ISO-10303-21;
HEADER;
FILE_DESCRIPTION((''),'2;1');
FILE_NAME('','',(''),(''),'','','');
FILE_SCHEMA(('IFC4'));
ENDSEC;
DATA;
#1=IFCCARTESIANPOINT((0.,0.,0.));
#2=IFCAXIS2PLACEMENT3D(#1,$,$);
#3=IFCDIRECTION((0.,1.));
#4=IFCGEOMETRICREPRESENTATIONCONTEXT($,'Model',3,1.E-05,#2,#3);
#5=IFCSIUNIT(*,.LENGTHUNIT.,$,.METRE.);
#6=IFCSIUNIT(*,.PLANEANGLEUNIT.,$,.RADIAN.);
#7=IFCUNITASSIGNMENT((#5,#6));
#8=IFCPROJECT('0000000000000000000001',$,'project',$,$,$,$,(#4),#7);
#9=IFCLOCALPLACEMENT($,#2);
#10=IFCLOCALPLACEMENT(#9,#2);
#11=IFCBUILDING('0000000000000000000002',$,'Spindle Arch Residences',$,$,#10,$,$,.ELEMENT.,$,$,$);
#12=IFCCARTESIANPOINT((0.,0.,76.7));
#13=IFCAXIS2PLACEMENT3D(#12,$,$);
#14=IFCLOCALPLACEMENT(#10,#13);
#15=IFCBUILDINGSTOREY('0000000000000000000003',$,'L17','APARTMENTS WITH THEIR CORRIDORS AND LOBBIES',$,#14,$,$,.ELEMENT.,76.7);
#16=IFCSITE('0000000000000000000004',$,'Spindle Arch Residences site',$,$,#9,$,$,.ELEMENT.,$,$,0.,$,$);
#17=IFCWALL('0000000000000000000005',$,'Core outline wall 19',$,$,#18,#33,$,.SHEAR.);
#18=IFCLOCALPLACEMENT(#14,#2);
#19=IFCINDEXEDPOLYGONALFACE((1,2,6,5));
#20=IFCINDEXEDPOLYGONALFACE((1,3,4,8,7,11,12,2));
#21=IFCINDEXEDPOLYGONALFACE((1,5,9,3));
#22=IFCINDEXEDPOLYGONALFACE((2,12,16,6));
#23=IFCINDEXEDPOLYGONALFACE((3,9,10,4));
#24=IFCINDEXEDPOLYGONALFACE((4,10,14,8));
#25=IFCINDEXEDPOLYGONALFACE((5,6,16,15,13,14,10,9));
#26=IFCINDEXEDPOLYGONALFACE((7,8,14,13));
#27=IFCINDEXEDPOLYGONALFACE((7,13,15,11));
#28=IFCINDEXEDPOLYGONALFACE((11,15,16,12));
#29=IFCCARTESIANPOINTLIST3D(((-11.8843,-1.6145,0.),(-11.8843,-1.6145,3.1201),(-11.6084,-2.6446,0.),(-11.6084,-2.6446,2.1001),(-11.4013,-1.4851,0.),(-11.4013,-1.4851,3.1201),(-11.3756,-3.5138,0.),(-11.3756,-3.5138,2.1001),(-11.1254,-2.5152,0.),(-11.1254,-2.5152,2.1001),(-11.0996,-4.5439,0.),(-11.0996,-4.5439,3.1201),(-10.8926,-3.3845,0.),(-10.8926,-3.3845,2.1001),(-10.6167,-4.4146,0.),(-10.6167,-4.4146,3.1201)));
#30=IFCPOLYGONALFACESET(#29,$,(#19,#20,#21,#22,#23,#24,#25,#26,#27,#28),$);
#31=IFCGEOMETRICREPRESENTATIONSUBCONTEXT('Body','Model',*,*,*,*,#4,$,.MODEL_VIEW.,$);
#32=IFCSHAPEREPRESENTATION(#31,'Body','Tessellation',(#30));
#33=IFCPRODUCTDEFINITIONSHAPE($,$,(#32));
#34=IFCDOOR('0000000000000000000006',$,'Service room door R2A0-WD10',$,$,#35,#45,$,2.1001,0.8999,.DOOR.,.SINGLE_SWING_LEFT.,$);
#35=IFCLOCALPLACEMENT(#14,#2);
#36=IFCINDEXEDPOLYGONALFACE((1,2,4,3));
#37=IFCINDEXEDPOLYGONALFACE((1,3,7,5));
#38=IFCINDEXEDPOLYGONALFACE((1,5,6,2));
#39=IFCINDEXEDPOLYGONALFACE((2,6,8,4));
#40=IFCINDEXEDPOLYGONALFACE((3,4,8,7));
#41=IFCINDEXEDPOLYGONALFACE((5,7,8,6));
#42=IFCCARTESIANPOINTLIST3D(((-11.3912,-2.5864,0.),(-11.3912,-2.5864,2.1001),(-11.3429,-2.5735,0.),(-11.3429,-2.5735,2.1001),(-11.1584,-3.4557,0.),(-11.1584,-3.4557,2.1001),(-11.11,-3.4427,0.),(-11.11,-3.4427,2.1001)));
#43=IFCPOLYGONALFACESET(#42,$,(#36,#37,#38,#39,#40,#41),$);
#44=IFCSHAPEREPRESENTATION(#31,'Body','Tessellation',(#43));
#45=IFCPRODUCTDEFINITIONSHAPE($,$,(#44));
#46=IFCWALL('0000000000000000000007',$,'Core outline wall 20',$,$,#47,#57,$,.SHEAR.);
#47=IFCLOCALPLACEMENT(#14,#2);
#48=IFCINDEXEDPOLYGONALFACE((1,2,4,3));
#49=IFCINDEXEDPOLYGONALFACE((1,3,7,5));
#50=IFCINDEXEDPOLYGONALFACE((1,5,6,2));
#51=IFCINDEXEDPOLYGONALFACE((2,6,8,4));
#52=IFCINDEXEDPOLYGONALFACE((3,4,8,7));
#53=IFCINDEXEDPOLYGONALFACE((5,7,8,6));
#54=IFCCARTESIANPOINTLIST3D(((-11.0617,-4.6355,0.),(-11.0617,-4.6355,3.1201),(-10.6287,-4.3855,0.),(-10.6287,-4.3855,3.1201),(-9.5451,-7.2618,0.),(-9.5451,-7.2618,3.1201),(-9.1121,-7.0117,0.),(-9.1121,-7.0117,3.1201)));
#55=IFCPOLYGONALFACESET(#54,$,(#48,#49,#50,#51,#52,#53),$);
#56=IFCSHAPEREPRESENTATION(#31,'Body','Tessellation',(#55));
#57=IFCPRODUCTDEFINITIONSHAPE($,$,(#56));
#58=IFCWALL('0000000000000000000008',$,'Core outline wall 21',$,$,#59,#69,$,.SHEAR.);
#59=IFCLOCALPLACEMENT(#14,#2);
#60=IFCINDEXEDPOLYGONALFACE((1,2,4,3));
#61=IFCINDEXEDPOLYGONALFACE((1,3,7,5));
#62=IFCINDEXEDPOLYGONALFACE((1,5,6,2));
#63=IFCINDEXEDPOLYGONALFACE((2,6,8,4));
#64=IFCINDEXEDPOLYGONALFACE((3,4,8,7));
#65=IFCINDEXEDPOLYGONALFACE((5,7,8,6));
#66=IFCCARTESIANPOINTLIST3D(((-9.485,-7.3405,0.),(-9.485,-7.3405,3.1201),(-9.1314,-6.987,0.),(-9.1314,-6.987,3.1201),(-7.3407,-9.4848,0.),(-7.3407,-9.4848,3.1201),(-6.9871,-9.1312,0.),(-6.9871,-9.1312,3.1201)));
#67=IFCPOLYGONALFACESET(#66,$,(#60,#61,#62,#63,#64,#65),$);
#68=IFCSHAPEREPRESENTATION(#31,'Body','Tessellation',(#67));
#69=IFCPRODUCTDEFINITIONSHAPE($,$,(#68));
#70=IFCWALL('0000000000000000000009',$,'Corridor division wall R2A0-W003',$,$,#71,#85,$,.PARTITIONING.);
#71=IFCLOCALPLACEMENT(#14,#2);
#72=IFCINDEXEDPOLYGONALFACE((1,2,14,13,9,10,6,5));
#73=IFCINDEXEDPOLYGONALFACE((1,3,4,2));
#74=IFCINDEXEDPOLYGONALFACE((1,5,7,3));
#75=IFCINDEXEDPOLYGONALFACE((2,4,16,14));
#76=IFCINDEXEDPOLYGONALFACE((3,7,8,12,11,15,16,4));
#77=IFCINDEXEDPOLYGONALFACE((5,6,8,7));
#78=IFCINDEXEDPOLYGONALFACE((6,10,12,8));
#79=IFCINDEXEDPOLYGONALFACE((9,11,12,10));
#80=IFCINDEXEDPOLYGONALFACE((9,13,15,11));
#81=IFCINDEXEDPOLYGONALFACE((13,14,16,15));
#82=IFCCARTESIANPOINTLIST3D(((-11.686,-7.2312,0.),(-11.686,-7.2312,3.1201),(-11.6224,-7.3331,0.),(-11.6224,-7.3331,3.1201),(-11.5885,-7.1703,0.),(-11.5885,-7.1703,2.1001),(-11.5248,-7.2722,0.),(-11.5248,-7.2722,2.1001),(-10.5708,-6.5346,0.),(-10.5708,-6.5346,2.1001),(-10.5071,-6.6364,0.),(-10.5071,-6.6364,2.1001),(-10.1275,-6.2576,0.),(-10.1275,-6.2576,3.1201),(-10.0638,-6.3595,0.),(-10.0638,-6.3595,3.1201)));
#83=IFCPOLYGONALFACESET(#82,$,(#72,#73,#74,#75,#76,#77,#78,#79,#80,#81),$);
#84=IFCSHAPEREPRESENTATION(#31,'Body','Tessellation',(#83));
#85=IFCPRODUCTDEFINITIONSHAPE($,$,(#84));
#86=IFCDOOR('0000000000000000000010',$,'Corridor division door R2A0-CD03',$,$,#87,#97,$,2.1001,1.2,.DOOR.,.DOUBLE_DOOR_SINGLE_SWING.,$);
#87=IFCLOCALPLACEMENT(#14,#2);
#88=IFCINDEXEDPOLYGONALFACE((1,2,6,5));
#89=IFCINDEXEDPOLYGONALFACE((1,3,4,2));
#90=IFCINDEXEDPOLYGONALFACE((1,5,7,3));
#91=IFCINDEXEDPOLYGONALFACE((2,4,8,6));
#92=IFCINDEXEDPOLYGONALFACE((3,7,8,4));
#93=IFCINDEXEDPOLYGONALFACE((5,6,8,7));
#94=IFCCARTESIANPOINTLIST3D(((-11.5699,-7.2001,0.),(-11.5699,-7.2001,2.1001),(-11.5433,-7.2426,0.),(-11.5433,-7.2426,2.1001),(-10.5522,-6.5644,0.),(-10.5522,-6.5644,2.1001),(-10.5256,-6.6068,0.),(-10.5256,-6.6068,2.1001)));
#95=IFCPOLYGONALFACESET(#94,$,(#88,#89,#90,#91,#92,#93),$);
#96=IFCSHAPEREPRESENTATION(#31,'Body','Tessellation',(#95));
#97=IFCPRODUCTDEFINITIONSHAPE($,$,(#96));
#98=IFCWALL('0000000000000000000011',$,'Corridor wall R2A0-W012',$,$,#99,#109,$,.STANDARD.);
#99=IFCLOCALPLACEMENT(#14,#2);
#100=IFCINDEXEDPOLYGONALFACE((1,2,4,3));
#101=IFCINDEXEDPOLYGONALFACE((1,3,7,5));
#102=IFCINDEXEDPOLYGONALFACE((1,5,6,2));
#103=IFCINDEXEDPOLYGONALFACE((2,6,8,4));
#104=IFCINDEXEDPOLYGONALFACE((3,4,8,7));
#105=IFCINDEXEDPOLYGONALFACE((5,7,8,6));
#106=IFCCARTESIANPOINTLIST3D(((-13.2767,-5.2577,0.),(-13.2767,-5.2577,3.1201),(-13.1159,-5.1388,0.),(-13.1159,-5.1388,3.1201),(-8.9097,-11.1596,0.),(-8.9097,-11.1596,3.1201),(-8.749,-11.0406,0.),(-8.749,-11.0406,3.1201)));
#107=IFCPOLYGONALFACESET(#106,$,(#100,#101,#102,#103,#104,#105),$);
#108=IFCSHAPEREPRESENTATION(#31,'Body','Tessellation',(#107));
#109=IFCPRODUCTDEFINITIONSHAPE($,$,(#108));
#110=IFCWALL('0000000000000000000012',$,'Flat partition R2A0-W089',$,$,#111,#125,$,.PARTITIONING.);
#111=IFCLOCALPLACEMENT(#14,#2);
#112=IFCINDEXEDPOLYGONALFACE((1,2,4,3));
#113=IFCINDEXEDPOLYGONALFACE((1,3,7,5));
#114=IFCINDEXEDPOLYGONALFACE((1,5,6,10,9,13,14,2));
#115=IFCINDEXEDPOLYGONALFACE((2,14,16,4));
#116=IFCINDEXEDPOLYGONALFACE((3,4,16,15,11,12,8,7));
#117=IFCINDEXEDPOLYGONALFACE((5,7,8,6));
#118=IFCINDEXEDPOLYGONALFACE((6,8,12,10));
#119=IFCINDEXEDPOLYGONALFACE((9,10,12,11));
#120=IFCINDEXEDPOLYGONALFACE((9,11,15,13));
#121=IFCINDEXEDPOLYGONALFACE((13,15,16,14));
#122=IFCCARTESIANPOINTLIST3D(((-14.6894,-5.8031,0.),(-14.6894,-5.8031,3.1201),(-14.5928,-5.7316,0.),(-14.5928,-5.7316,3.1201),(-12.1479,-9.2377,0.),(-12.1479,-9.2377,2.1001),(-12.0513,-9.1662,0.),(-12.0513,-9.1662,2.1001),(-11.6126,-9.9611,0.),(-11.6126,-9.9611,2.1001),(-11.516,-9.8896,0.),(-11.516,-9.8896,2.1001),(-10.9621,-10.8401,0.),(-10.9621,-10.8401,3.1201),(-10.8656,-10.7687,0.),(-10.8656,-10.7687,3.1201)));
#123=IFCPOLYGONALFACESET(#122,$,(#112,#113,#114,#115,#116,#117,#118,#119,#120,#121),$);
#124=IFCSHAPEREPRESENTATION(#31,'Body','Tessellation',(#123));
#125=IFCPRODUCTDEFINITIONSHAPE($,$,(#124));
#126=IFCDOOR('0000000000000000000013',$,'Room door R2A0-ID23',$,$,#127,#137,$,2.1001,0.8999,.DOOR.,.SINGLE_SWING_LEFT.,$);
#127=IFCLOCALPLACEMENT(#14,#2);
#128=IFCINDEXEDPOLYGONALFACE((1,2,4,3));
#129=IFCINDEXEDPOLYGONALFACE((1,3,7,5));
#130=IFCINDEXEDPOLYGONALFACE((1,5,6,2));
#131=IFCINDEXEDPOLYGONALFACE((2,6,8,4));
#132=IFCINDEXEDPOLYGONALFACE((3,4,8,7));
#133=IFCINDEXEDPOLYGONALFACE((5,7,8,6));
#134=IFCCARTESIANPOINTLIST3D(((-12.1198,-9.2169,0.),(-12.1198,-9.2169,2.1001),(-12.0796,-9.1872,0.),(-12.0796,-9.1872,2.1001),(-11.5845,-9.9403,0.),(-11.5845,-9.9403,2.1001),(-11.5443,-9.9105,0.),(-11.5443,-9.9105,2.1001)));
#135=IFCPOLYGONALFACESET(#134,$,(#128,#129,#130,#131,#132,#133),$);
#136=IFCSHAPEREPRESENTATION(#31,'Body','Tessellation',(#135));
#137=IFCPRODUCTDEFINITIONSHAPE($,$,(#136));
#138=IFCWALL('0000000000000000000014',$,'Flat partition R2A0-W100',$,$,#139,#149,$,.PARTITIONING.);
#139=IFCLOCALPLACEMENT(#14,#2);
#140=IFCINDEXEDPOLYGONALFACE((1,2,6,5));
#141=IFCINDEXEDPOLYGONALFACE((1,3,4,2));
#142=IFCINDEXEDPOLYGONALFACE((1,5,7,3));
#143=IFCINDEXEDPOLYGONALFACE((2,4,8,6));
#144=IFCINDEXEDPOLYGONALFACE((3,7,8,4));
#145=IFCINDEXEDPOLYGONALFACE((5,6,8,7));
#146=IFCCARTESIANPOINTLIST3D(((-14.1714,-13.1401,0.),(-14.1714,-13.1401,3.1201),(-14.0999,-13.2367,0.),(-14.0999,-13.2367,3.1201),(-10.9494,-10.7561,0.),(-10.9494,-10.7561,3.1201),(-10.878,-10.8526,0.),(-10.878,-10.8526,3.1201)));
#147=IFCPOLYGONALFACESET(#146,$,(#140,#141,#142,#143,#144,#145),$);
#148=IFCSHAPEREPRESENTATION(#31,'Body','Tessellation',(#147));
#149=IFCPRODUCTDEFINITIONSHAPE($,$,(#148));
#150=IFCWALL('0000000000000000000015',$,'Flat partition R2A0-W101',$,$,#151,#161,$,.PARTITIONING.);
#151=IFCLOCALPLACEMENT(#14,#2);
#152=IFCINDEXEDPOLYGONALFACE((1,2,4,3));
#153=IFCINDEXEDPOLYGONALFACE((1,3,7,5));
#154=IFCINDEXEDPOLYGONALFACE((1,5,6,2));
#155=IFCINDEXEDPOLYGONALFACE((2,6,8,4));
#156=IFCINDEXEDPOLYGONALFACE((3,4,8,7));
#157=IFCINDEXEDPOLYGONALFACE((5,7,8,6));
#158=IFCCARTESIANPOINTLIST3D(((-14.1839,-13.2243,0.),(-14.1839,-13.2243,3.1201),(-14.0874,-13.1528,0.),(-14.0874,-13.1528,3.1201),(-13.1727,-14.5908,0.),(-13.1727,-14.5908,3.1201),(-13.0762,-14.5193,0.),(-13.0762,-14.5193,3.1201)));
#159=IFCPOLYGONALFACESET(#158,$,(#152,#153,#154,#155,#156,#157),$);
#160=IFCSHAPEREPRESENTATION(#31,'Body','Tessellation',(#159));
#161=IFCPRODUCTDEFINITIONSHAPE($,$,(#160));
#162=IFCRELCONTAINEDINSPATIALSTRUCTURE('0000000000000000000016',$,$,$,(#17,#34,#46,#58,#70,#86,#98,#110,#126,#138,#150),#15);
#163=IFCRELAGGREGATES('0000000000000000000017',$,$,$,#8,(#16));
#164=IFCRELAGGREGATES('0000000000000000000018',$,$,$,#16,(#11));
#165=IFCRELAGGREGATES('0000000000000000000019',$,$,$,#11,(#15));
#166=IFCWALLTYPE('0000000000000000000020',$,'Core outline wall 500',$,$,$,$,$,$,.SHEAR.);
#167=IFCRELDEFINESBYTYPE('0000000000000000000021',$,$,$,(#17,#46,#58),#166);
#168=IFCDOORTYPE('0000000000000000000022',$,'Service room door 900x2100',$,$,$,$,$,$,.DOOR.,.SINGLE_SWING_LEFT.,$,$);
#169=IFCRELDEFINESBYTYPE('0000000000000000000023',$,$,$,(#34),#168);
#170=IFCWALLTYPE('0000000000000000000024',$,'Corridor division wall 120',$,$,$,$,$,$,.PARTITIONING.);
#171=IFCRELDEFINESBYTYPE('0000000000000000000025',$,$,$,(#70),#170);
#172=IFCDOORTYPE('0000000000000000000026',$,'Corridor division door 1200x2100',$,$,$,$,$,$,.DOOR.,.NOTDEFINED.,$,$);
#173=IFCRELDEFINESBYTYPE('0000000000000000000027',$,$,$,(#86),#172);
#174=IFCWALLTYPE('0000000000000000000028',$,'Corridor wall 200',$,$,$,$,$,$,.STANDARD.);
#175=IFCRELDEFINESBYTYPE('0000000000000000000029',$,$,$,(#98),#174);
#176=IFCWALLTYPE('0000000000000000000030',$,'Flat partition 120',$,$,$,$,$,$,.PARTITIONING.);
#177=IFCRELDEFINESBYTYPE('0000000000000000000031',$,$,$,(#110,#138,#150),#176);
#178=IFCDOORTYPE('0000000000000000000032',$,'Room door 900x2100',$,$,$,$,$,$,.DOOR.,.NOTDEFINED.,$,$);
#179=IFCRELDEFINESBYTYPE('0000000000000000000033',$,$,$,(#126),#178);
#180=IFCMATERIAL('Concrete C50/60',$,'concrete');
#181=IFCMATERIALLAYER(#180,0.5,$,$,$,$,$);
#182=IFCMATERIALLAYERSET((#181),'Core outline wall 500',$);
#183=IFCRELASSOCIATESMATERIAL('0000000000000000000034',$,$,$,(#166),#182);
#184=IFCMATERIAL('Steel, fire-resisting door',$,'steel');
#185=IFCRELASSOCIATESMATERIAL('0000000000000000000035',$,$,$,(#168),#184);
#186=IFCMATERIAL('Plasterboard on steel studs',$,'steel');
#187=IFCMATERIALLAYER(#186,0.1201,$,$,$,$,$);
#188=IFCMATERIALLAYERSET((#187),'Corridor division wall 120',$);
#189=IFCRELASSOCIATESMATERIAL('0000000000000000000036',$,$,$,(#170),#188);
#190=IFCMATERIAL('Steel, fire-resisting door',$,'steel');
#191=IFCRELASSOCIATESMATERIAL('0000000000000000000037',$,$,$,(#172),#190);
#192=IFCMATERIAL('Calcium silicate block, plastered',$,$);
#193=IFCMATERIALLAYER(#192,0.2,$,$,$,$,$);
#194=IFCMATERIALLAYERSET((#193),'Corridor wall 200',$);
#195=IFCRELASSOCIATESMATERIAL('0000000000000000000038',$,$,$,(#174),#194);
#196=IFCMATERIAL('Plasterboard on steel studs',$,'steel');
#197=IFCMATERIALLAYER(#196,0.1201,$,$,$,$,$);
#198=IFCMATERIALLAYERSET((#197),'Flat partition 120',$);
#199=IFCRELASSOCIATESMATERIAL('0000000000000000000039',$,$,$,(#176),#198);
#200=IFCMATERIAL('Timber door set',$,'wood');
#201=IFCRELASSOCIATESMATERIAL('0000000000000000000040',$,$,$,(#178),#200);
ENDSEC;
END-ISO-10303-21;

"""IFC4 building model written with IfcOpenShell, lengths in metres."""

from ifc_helpers import new_model, si_unit, direction, frame, frame_2d, origin, place, context, subcontext, project, spatial, rectangle, extrude, material, layer, layer_set, type_object, element, fill, save


model = new_model("IFC4")

# Units and contexts
model_context = context("Model", 3, precision=1e-05, world=origin(), true_north=direction((0.0, 1.0)))
body_context = subcontext(model_context, "Body", "Model", "MODEL_VIEW")
ifc_project = project(units=[si_unit("LENGTHUNIT", "METRE"), si_unit("PLANEANGLEUNIT", "RADIAN")], contexts=[model_context])

# Site, building, storey
site_placement = place(None, origin())
site = spatial("IfcSite", under=ifc_project, at=site_placement, Name="Spindle Arch Residences site", CompositionType="ELEMENT", RefElevation=0.0)
building_placement = place(site_placement, origin())
building = spatial("IfcBuilding", under=site, at=building_placement, Name="Spindle Arch Residences", CompositionType="ELEMENT")
storey_placement = place(building_placement, frame((0.0, 0.0, 76.7)))
storey = spatial("IfcBuildingStorey", under=building, at=storey_placement, Name="L17", Description="APARTMENTS WITH THEIR CORRIDORS AND LOBBIES", CompositionType="ELEMENT", Elevation=76.7)

# Wall, opening, door
ifc_material_1 = material(Name="Concrete C50/60", Category="concrete")
ifc_layer_1 = layer(ifc_material_1, 0.5)
ifc_layer_set_1 = layer_set([ifc_layer_1], Name="Core outline wall 500")
wall_type_1 = type_object("IfcWallType", Name="Core outline wall 500", PredefinedType="SHEAR", material=ifc_layer_set_1)
wall_1_placement = place(storey_placement, frame((-11.6428, -1.5498, 0.0), z_axis=(0.0, 0.0, 1.0), x_axis=(0.258735, -0.965948, 0.0)))
wall_1 = element("IfcWall", 1, at=wall_1_placement, inside=storey, type_object=wall_type_1, Name="Core outline wall 19", PredefinedType="SHEAR", context=body_context, shape_type="SweptSolid", body=[
    extrude(rectangle(XDim=3.0327, YDim=0.5, at=frame_2d((1.5164, 0.0))), origin(), (0.0, 0.0, 1.0), 3.1201),
])
opening_1_placement = place(wall_1_placement, frame((1.0664, 0.0, 0.0)))
opening_1 = element("IfcOpeningElement", 2, at=opening_1_placement, cuts=wall_1, PredefinedType="OPENING", context=body_context, shape_type="SweptSolid", body=[
    extrude(rectangle(XDim=0.8999, YDim=2.1001, at=frame_2d((0.45, 1.05))), frame((0.0, 0.26, 0.0), z_axis=(0.0, -1.0, 0.0), x_axis=(1.0, 0.0, 0.0)), (0.0, 0.0, 1.0), 0.52),
])
ifc_material_2 = material(Name="Steel, fire-resisting door", Category="steel")
door_type_1 = type_object("IfcDoorType", Name="Service room door 900x2100", OperationType="SINGLE_SWING_LEFT", PredefinedType="DOOR", material=ifc_material_2)
door_1_placement = place(opening_1_placement, origin())
door_1 = element("IfcDoor", 3, at=door_1_placement, inside=storey, type_object=door_type_1, Name="Service room door R2A0-WD10", OperationType="SINGLE_SWING_LEFT", OverallHeight=2.1001, OverallWidth=0.8999, PredefinedType="DOOR", context=body_context, shape_type="SweptSolid", body=[
    extrude(rectangle(XDim=0.8999, YDim=2.1001, at=frame_2d((0.45, 1.05))), frame((0.0, 0.0249, 0.0), z_axis=(0.0, -1.0, 0.0), x_axis=(1.0, 0.0, 0.0)), (0.0, 0.0, 1.0), 0.05),
])
fill(opening_1, door_1)

# Walls
wall_2_placement = place(storey_placement, frame((-10.8452, -4.5105, 0.0), z_axis=(0.0, 0.0, 1.0), x_axis=(0.500087, -0.865975, 0.0)))
element("IfcWall", 4, at=wall_2_placement, inside=storey, type_object=wall_type_1, Name="Core outline wall 20", PredefinedType="SHEAR", context=body_context, shape_type="SweptSolid", body=[
    extrude(rectangle(XDim=3.0327, YDim=0.5, at=frame_2d((1.5164, 0.0))), origin(), (0.0, 0.0, 1.0), 3.1201),
])
wall_3_placement = place(storey_placement, frame((-9.3081, -7.1638, 0.0), z_axis=(0.0, 0.0, 1.0), x_axis=(0.707107, -0.707107, 0.0)))
element("IfcWall", 5, at=wall_3_placement, inside=storey, type_object=wall_type_1, Name="Core outline wall 21", PredefinedType="SHEAR", context=body_context, shape_type="SweptSolid", body=[
    extrude(rectangle(XDim=3.0325, YDim=0.5, at=frame_2d((1.5161, 0.0))), origin(), (0.0, 0.0, 1.0), 3.1201),
])

# Wall, opening, door
ifc_material_3 = material(Name="Plasterboard on steel studs", Category="steel")
ifc_layer_2 = layer(ifc_material_3, 0.1201)
ifc_layer_set_2 = layer_set([ifc_layer_2], Name="Corridor division wall 120")
wall_type_2 = type_object("IfcWallType", Name="Corridor division wall 120", PredefinedType="PARTITIONING", material=ifc_layer_set_2)
wall_4_placement = place(storey_placement, frame((-11.6543, -7.2822, 0.0), z_axis=(0.0, 0.0, 1.0), x_axis=(0.848118, 0.529808, 0.0)))
wall_4 = element("IfcWall", 6, at=wall_4_placement, inside=storey, type_object=wall_type_2, Name="Corridor division wall R2A0-W003", PredefinedType="PARTITIONING", context=body_context, shape_type="SweptSolid", body=[
    extrude(rectangle(XDim=1.8376, YDim=0.1201, at=frame_2d((0.9189, 0.0))), origin(), (0.0, 0.0, 1.0), 3.1201),
])
opening_2_placement = place(wall_4_placement, frame((0.115, 0.0, 0.0)))
opening_2 = element("IfcOpeningElement", 7, at=opening_2_placement, cuts=wall_4, PredefinedType="OPENING", context=body_context, shape_type="SweptSolid", body=[
    extrude(rectangle(XDim=1.2, YDim=2.1001, at=frame_2d((0.6001, 1.05))), frame((0.0, 0.0701, 0.0), z_axis=(0.0, -1.0, 0.0), x_axis=(1.0, 0.0, 0.0)), (0.0, 0.0, 1.0), 0.1401),
])
ifc_material_4 = material(Name="Steel, fire-resisting door", Category="steel")
door_type_2 = type_object("IfcDoorType", Name="Corridor division door 1200x2100", OperationType="NOTDEFINED", PredefinedType="DOOR", material=ifc_material_4)
door_2_placement = place(opening_2_placement, origin())
door_2 = element("IfcDoor", 8, at=door_2_placement, inside=storey, type_object=door_type_2, Name="Corridor division door R2A0-CD03", OperationType="DOUBLE_DOOR_SINGLE_SWING", OverallHeight=2.1001, OverallWidth=1.2, PredefinedType="DOOR", context=body_context, shape_type="SweptSolid", body=[
    extrude(rectangle(XDim=1.2, YDim=2.1001, at=frame_2d((0.6001, 1.05))), frame((0.0, 0.0249, 0.0), z_axis=(0.0, -1.0, 0.0), x_axis=(1.0, 0.0, 0.0)), (0.0, 0.0, 1.0), 0.05),
])
fill(opening_2, door_2)

# Wall
ifc_material_5 = material(Name="Calcium silicate block, plastered")
ifc_layer_3 = layer(ifc_material_5, 0.2)
ifc_layer_set_3 = layer_set([ifc_layer_3], Name="Corridor wall 200")
wall_type_3 = type_object("IfcWallType", Name="Corridor wall 200", PredefinedType="STANDARD", material=ifc_layer_set_3)
wall_5_placement = place(storey_placement, frame((-13.1963, -5.1982, 0.0), z_axis=(0.0, 0.0, 1.0), x_axis=(0.594805, -0.80387, 0.0)))
element("IfcWall", 9, at=wall_5_placement, inside=storey, type_object=wall_type_3, Name="Corridor wall R2A0-W012", PredefinedType="STANDARD", context=body_context, shape_type="SweptSolid", body=[
    extrude(rectangle(XDim=7.3418, YDim=0.2, at=frame_2d((3.6709, 0.0))), origin(), (0.0, 0.0, 1.0), 3.1201),
])

# Wall, opening, door
ifc_material_6 = material(Name="Plasterboard on steel studs", Category="steel")
ifc_layer_4 = layer(ifc_material_6, 0.1201)
ifc_layer_set_4 = layer_set([ifc_layer_4], Name="Flat partition 120")
wall_type_4 = type_object("IfcWallType", Name="Flat partition 120", PredefinedType="PARTITIONING", material=ifc_layer_set_4)
wall_6_placement = place(storey_placement, frame((-14.6411, -5.7673, 0.0), z_axis=(0.0, 0.0, 1.0), x_axis=(0.594826, -0.803855, 0.0)))
wall_6 = element("IfcWall", 10, at=wall_6_placement, inside=storey, type_object=wall_type_4, Name="Flat partition R2A0-W089", PredefinedType="PARTITIONING", context=body_context, shape_type="SweptSolid", body=[
    extrude(rectangle(XDim=6.2661, YDim=0.1201, at=frame_2d((3.1331, 0.0))), origin(), (0.0, 0.0, 1.0), 3.1201),
])
opening_3_placement = place(wall_6_placement, frame((4.2727, 0.0, 0.0)))
opening_3 = element("IfcOpeningElement", 11, at=opening_3_placement, cuts=wall_6, PredefinedType="OPENING", context=body_context, shape_type="SweptSolid", body=[
    extrude(rectangle(XDim=0.8999, YDim=2.1001, at=frame_2d((0.45, 1.05))), frame((0.0, 0.0701, 0.0), z_axis=(0.0, -1.0, 0.0), x_axis=(1.0, 0.0, 0.0)), (0.0, 0.0, 1.0), 0.1401),
])
ifc_material_7 = material(Name="Timber door set", Category="wood")
door_type_3 = type_object("IfcDoorType", Name="Room door 900x2100", OperationType="NOTDEFINED", PredefinedType="DOOR", material=ifc_material_7)
door_3_placement = place(opening_3_placement, origin())
door_3 = element("IfcDoor", 12, at=door_3_placement, inside=storey, type_object=door_type_3, Name="Room door R2A0-ID23", OperationType="SINGLE_SWING_LEFT", OverallHeight=2.1001, OverallWidth=0.8999, PredefinedType="DOOR", context=body_context, shape_type="SweptSolid", body=[
    extrude(rectangle(XDim=0.8999, YDim=2.1001, at=frame_2d((0.45, 1.05))), frame((0.0, 0.0249, 0.0), z_axis=(0.0, -1.0, 0.0), x_axis=(1.0, 0.0, 0.0)), (0.0, 0.0, 1.0), 0.05),
])
fill(opening_3, door_3)

# Walls
wall_7_placement = place(storey_placement, frame((-10.9138, -10.8044, 0.0), z_axis=(0.0, 0.0, 1.0), x_axis=(-0.803865, -0.594812, 0.0)))
element("IfcWall", 13, at=wall_7_placement, inside=storey, type_object=wall_type_4, Name="Flat partition R2A0-W100", PredefinedType="PARTITIONING", context=body_context, shape_type="SweptSolid", body=[
    extrude(rectangle(XDim=4.0081, YDim=0.1201, at=frame_2d((2.0039, 0.0))), origin(), (0.0, 0.0, 1.0), 3.1201),
])
wall_8_placement = place(storey_placement, frame((-14.1357, -13.1885, 0.0), z_axis=(0.0, 0.0, 1.0), x_axis=(0.594863, -0.803827, 0.0)))
element("IfcWall", 14, at=wall_8_placement, inside=storey, type_object=wall_type_4, Name="Flat partition R2A0-W101", PredefinedType="PARTITIONING", context=body_context, shape_type="SweptSolid", body=[
    extrude(rectangle(XDim=1.7, YDim=0.1201, at=frame_2d((0.8501, 0.0))), origin(), (0.0, 0.0, 1.0), 3.1201),
])

save(model, "model.ifc")
